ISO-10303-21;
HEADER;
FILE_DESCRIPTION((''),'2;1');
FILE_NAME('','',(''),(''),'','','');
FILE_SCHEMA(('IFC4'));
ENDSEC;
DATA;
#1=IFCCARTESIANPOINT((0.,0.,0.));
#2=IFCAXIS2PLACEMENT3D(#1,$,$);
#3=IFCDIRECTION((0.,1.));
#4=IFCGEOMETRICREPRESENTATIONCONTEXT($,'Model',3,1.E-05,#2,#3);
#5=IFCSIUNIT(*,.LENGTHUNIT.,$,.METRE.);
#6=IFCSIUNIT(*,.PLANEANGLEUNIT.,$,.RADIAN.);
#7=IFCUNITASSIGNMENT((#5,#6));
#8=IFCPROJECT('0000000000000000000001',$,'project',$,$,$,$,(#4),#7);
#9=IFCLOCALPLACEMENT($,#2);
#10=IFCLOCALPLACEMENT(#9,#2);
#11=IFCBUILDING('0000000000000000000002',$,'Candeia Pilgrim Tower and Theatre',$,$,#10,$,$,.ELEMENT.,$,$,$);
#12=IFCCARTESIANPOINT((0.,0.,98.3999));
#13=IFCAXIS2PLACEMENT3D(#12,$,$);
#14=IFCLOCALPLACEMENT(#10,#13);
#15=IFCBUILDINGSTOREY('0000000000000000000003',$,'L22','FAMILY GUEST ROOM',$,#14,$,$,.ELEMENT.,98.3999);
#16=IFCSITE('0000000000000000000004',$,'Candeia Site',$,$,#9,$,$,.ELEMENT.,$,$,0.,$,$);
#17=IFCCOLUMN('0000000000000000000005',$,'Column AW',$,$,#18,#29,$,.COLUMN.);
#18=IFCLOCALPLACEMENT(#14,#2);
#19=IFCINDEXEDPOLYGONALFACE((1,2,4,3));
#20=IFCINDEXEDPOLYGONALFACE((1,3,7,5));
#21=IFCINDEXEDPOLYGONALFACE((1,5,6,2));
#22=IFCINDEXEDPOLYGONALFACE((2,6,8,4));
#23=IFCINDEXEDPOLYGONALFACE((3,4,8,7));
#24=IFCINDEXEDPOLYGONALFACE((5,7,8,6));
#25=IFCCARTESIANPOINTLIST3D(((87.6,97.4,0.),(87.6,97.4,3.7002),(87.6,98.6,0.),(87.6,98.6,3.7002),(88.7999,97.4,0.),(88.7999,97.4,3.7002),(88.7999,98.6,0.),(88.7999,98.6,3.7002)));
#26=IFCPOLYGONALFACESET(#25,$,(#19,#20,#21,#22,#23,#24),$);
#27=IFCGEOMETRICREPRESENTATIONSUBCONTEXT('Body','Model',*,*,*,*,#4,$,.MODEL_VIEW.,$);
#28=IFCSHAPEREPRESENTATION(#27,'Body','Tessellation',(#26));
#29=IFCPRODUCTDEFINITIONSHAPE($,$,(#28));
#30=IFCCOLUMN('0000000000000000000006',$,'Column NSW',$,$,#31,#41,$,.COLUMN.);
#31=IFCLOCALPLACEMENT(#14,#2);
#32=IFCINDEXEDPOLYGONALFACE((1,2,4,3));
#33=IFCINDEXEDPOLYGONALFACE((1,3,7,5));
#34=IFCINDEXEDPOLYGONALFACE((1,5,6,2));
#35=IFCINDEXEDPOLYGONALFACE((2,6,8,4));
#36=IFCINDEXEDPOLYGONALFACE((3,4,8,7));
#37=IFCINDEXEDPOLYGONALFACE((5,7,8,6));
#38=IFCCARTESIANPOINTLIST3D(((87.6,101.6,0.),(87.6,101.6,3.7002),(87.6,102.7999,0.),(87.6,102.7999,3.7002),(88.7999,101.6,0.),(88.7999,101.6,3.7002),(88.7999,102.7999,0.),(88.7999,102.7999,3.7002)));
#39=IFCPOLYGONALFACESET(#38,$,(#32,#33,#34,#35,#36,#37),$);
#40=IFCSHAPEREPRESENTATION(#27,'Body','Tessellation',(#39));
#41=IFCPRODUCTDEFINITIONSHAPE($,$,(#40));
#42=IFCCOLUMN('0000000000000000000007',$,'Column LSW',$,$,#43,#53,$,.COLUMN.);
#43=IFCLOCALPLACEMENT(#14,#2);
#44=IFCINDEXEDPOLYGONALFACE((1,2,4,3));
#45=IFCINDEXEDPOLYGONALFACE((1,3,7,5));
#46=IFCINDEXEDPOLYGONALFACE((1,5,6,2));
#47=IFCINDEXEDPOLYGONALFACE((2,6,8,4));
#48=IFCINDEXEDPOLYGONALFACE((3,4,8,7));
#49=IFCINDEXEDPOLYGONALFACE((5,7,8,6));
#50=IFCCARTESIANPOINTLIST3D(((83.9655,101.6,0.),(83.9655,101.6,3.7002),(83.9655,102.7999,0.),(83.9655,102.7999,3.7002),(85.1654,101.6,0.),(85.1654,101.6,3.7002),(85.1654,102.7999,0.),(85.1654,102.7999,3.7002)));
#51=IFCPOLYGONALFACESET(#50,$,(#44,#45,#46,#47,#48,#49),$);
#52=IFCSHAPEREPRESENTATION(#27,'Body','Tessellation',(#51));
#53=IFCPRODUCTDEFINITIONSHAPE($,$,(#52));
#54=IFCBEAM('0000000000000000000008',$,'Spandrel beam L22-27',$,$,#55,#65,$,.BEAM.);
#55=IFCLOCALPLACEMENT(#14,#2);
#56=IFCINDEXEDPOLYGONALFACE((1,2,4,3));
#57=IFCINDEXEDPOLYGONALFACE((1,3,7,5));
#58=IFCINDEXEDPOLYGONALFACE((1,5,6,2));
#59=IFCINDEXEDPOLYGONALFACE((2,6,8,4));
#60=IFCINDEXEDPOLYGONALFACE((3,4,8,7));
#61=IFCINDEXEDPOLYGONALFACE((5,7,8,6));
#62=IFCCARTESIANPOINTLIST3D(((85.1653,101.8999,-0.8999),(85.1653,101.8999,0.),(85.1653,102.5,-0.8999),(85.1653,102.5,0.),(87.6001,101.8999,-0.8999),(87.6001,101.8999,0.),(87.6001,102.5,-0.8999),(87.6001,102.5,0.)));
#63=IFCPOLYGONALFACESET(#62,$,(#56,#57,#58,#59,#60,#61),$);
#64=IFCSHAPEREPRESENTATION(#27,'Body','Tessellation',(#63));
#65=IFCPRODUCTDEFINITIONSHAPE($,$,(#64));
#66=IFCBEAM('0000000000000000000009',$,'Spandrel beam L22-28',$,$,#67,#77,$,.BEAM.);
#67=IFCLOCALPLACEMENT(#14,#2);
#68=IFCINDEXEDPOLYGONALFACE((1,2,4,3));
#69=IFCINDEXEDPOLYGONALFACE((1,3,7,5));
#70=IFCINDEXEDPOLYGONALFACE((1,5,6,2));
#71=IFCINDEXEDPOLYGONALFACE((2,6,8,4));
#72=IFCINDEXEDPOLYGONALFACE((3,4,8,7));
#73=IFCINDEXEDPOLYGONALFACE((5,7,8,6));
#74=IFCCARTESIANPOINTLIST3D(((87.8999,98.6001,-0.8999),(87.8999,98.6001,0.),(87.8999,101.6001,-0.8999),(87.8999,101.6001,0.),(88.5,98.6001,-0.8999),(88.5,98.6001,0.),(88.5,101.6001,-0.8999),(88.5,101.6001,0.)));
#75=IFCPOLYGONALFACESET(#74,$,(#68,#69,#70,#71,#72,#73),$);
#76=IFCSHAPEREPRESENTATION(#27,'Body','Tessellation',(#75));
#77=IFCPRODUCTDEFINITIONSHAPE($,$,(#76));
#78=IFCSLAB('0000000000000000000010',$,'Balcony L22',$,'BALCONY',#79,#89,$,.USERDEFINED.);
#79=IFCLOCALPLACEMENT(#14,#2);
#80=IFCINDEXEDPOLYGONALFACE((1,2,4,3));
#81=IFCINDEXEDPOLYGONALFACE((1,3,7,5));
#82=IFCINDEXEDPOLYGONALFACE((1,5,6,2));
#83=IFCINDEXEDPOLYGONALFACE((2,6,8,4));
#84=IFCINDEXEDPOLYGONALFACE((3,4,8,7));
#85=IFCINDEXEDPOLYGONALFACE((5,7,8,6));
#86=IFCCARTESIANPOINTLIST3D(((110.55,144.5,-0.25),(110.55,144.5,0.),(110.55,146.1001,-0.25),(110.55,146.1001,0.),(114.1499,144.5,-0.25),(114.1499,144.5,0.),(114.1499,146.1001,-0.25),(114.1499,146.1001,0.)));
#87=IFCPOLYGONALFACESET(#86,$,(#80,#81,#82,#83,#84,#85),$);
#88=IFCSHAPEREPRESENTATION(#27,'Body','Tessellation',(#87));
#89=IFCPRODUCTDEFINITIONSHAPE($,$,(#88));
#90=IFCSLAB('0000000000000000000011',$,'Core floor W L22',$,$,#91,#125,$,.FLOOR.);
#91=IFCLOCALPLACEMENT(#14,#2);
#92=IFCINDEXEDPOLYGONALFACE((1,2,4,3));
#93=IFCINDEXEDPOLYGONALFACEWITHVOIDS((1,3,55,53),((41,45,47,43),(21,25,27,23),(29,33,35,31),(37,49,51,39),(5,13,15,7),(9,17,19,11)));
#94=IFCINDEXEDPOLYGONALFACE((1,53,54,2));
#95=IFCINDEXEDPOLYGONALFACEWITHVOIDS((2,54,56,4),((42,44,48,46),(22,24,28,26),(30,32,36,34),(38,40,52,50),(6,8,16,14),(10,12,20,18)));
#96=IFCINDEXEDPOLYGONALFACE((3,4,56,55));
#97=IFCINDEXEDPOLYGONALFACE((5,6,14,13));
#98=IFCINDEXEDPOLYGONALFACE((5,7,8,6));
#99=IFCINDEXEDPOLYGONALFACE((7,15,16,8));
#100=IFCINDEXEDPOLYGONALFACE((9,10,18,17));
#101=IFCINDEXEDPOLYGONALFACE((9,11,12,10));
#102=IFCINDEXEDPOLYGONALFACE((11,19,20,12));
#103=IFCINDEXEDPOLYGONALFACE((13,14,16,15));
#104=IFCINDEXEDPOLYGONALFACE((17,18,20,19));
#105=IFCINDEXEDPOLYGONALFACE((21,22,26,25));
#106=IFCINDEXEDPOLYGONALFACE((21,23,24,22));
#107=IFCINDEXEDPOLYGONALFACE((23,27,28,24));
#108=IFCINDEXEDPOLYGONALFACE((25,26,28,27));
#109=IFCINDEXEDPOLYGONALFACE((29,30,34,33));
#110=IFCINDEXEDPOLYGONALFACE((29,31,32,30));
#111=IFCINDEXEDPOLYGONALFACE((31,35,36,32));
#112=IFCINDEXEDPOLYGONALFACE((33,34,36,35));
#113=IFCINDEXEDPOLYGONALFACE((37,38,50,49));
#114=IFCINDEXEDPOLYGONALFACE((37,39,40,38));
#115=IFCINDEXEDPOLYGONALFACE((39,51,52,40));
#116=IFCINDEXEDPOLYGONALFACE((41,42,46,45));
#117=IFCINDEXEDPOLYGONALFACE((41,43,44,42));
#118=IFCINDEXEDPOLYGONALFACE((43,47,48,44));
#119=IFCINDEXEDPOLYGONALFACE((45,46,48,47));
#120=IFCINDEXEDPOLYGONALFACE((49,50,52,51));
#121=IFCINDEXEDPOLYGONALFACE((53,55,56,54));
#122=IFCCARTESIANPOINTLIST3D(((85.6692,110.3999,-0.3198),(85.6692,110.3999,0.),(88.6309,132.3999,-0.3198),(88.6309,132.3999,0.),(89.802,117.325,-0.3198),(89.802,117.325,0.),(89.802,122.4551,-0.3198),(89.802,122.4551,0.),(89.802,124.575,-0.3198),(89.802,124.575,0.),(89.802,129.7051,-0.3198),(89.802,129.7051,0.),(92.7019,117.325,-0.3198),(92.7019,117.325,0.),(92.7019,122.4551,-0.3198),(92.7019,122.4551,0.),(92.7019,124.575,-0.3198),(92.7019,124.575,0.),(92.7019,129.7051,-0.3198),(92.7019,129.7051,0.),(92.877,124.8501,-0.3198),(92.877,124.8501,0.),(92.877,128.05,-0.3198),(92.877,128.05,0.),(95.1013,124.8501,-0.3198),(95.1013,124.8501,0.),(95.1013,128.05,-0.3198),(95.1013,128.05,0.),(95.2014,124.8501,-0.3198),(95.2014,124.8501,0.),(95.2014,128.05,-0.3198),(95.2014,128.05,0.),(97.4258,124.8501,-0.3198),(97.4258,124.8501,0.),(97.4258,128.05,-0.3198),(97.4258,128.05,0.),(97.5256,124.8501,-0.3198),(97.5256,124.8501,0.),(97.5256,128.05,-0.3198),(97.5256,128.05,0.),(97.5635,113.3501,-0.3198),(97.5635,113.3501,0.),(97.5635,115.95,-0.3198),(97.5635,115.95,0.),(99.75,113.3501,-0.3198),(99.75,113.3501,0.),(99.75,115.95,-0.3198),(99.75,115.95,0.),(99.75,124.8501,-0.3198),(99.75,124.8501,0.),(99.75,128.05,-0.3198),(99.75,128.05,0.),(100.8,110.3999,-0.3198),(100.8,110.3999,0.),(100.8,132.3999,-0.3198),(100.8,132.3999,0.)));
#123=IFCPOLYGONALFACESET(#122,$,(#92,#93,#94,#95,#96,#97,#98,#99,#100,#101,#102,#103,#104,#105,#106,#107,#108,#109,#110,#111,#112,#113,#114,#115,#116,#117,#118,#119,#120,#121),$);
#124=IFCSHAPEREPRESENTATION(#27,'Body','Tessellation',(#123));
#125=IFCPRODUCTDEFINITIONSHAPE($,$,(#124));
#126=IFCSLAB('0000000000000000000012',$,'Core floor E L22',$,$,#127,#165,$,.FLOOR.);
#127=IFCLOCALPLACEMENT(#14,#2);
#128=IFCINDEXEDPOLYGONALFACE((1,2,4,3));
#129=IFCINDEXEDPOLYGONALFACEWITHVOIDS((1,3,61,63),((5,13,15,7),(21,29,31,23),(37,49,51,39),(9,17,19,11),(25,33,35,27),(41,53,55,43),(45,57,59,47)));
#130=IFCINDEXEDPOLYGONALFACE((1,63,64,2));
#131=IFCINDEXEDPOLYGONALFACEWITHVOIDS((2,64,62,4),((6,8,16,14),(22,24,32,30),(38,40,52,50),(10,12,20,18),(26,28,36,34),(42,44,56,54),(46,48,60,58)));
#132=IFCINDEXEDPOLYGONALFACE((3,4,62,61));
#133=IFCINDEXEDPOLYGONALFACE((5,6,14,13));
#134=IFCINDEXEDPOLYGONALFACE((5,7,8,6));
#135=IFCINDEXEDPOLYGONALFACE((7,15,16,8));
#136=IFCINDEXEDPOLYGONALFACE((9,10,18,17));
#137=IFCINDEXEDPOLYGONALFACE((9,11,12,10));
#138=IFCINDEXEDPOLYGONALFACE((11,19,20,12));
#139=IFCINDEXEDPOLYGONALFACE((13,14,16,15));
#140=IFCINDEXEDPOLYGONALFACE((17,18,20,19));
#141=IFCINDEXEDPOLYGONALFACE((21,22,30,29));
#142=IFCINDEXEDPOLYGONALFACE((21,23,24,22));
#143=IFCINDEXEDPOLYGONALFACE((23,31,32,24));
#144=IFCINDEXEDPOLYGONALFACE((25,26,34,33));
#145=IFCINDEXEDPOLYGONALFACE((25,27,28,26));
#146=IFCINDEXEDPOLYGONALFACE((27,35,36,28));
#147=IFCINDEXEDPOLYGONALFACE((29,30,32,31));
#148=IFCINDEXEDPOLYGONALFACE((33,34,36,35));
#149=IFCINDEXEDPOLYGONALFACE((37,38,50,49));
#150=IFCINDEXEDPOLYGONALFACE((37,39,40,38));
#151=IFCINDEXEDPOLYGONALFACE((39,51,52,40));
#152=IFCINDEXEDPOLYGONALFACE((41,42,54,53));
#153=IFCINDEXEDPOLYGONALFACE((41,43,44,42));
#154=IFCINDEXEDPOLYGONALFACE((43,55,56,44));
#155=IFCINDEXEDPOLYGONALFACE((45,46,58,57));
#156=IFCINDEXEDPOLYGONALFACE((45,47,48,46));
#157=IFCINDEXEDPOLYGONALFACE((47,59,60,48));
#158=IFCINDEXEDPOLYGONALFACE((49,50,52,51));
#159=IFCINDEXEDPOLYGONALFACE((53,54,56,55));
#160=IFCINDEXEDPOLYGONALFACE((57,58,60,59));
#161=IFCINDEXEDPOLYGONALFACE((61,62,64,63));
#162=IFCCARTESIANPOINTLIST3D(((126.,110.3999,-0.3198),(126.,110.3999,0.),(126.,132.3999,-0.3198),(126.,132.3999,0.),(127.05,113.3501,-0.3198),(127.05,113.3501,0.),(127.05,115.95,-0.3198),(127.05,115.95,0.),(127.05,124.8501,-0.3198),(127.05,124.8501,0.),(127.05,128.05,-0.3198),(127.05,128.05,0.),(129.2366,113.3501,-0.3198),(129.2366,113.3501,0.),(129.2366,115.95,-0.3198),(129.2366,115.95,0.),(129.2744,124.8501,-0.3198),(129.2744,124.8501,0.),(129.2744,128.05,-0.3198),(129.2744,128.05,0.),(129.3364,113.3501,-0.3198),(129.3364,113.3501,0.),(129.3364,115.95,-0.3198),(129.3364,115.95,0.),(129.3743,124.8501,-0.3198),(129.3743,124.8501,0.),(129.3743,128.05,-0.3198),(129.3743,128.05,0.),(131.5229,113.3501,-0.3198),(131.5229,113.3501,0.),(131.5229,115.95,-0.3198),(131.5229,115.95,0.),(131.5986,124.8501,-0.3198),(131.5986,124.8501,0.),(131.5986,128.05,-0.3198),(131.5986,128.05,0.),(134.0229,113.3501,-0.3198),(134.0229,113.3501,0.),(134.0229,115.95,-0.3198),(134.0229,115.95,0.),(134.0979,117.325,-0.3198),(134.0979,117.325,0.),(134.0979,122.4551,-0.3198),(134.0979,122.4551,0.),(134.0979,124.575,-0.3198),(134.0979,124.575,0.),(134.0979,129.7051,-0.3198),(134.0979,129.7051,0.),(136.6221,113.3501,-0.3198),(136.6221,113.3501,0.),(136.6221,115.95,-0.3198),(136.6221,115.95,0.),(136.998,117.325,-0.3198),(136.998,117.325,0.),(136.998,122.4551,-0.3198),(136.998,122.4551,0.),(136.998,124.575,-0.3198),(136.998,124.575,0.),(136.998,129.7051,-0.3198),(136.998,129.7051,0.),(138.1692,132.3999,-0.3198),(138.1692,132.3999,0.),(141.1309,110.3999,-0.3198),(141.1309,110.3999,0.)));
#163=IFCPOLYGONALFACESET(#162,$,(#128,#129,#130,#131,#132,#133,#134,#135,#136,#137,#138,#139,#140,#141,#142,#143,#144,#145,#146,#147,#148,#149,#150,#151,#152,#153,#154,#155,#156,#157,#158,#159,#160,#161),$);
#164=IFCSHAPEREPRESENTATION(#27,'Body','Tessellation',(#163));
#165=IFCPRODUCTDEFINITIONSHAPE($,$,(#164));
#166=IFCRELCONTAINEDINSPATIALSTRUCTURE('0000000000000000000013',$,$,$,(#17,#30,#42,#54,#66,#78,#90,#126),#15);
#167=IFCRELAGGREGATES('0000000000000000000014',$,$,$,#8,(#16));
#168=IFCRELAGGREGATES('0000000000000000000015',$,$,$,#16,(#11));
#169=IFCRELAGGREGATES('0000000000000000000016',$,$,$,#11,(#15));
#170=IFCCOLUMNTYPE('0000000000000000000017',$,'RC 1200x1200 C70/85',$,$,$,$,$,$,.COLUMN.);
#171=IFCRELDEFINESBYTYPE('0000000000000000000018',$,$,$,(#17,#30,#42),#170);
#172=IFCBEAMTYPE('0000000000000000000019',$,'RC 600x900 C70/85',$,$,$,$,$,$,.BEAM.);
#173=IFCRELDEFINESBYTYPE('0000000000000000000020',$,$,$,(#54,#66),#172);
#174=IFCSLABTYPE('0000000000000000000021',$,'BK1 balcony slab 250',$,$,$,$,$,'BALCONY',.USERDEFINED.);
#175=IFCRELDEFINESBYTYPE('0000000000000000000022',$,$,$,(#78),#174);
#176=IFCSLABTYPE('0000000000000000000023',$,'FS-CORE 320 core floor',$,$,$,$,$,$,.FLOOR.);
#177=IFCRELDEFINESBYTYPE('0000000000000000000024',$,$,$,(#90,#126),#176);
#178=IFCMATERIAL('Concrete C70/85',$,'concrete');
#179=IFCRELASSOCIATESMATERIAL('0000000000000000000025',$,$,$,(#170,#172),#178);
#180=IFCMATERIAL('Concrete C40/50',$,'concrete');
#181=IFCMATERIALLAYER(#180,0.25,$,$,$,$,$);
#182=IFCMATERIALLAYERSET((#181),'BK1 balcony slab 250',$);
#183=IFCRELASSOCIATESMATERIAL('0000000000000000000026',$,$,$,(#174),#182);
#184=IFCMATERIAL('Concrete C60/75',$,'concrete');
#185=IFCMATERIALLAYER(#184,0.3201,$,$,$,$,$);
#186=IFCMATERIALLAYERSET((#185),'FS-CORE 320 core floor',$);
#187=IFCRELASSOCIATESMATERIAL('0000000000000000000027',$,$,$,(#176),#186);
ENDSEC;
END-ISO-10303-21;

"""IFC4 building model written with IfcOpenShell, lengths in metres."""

from ifc_helpers import new_model, si_unit, direction, frame, origin, origin_2d, place, context, subcontext, project, spatial, polyline, rectangle, outline, extrude, material, layer, layer_set, material_profile, profile_set, type_object, element, save


model = new_model("IFC4")

# Units and contexts
model_context = context("Model", 3, precision=1e-05, world=origin(), true_north=direction((0.0, 1.0)))
body_context = subcontext(model_context, "Body", "Model", "MODEL_VIEW")
ifc_project = project(units=[si_unit("LENGTHUNIT", "METRE"), si_unit("PLANEANGLEUNIT", "RADIAN")], contexts=[model_context])

# Site, building, storey
site_placement = place(None, origin())
site = spatial("IfcSite", under=ifc_project, at=site_placement, Name="Candeia Site", CompositionType="ELEMENT", RefElevation=0.0)
building_placement = place(site_placement, origin())
building = spatial("IfcBuilding", under=site, at=building_placement, Name="Candeia Pilgrim Tower and Theatre", CompositionType="ELEMENT")
storey_placement = place(building_placement, frame((0.0, 0.0, 98.3999)))
storey = spatial("IfcBuildingStorey", under=building, at=storey_placement, Name="L22", Description="FAMILY GUEST ROOM", CompositionType="ELEMENT", Elevation=98.3999)

# Columns
ifc_material_1 = material(Name="Concrete C70/85", Category="concrete")
ifc_material_profile_1 = material_profile(ifc_material_1, rectangle(XDim=1.2, YDim=1.2, at=origin_2d()))
ifc_profile_set_1 = profile_set([ifc_material_profile_1], Name="Concrete C70/85")
column_type = type_object("IfcColumnType", Name="RC 1200x1200 C70/85", PredefinedType="COLUMN", material=ifc_profile_set_1)
for number, where, z_axis, x_axis, name in (
    (1, (88.2, 98.0, 0.0), (0.0, 0.0, 1.0), (1.0, 0.0, 0.0), "Column AW"),
    (2, (88.2, 102.2, 0.0), (0.0, 0.0, 1.0), (1.0, 0.0, 0.0), "Column NSW"),
    (3, (84.5654, 102.2, 0.0), (0.0, 0.0, 1.0), (1.0, 0.0, 0.0), "Column LSW"),
):
    element("IfcColumn", number, at=place(storey_placement, frame(where, z_axis=z_axis, x_axis=x_axis)), inside=storey, type_object=column_type, Name=name, PredefinedType="COLUMN", context=body_context, shape_type="SweptSolid", body=[
        extrude(rectangle(XDim=1.2, YDim=1.2, at=origin_2d()), origin(), (0.0, 0.0, 1.0), 3.7002),
    ])

# Beams
ifc_material_profile_2 = material_profile(ifc_material_1, rectangle(XDim=0.6001, YDim=0.8999, at=origin_2d()))
ifc_profile_set_2 = profile_set([ifc_material_profile_2], Name="Concrete C70/85")
beam_type = type_object("IfcBeamType", Name="RC 600x900 C70/85", PredefinedType="BEAM", material=ifc_profile_set_2)
beam_1_placement = place(storey_placement, frame((85.1653, 102.2, -0.45), z_axis=(1.0, 0.0, 0.0), x_axis=(0.0, 1.0, 0.0)))
element("IfcBeam", 4, at=beam_1_placement, inside=storey, type_object=beam_type, Name="Spandrel beam L22-27", PredefinedType="BEAM", context=body_context, shape_type="SweptSolid", body=[
    extrude(rectangle(XDim=0.6001, YDim=0.8999, at=origin_2d()), origin(), (0.0, 0.0, 1.0), 2.4348),
])
beam_2_placement = place(storey_placement, frame((88.2, 101.6001, -0.45), z_axis=(0.0, -1.0, 0.0), x_axis=(1.0, 0.0, 0.0)))
element("IfcBeam", 5, at=beam_2_placement, inside=storey, type_object=beam_type, Name="Spandrel beam L22-28", PredefinedType="BEAM", context=body_context, shape_type="SweptSolid", body=[
    extrude(rectangle(XDim=0.6001, YDim=0.8999, at=origin_2d()), origin(), (0.0, 0.0, 1.0), 3.0),
])

# Slabs
ifc_material_2 = material(Name="Concrete C40/50", Category="concrete")
ifc_layer_1 = layer(ifc_material_2, 0.25)
ifc_layer_set_1 = layer_set([ifc_layer_1], Name="BK1 balcony slab 250")
slab_type_1 = type_object("IfcSlabType", Name="BK1 balcony slab 250", ElementType="BALCONY", PredefinedType="USERDEFINED", material=ifc_layer_set_1)
slab_1_placement = place(storey_placement, frame((0.0, 0.0, -0.25)))
element("IfcSlab", 6, at=slab_1_placement, inside=storey, type_object=slab_type_1, Name="Balcony L22", ObjectType="BALCONY", PredefinedType="USERDEFINED", context=body_context, shape_type="SweptSolid", body=[
    extrude(outline(polyline([(110.55, 144.5), (114.1499, 144.5), (114.1499, 146.1001), (110.55, 146.1001), (110.55, 144.5)])), origin(), (0.0, 0.0, 1.0), 0.25),
])
ifc_material_3 = material(Name="Concrete C60/75", Category="concrete")
ifc_layer_2 = layer(ifc_material_3, 0.3201)
ifc_layer_set_2 = layer_set([ifc_layer_2], Name="FS-CORE 320 core floor")
slab_type_2 = type_object("IfcSlabType", Name="FS-CORE 320 core floor", PredefinedType="FLOOR", material=ifc_layer_set_2)
slab_2_placement = place(storey_placement, frame((0.0, 0.0, -0.3198)))
element("IfcSlab", 7, at=slab_2_placement, inside=storey, type_object=slab_type_2, Name="Core floor W L22", PredefinedType="FLOOR", context=body_context, shape_type="SweptSolid", body=[
    extrude(outline(polyline([(100.8, 132.3999), (100.8, 110.3999), (85.6692, 110.3999), (88.6309, 132.3999), (100.8, 132.3999)]), holes=[polyline([(97.5256, 128.05), (97.5256, 124.8501), (99.75, 124.8501), (99.75, 128.05), (97.5256, 128.05)]), polyline([(97.5635, 113.3501), (99.75, 113.3501), (99.75, 115.95), (97.5635, 115.95), (97.5635, 113.3501)]), polyline([(95.2014, 124.8501), (97.4258, 124.8501), (97.4258, 128.05), (95.2014, 128.05), (95.2014, 124.8501)]), polyline([(92.877, 128.05), (92.877, 124.8501), (95.1013, 124.8501), (95.1013, 128.05), (92.877, 128.05)]), polyline([(89.802, 122.4551), (89.802, 117.325), (92.7019, 117.325), (92.7019, 122.4551), (89.802, 122.4551)]), polyline([(89.802, 129.7051), (89.802, 124.575), (92.7019, 124.575), (92.7019, 129.7051), (89.802, 129.7051)])]), origin(), (0.0, 0.0, 1.0), 0.3198),
])
slab_3_placement = place(storey_placement, frame((0.0, 0.0, -0.3198)))
element("IfcSlab", 8, at=slab_3_placement, inside=storey, type_object=slab_type_2, Name="Core floor E L22", PredefinedType="FLOOR", context=body_context, shape_type="SweptSolid", body=[
    extrude(outline(polyline([(138.1692, 132.3999), (141.1309, 110.3999), (126.0, 110.3999), (126.0, 132.3999), (138.1692, 132.3999)]), holes=[polyline([(134.0979, 122.4551), (134.0979, 117.325), (136.998, 117.325), (136.998, 122.4551), (134.0979, 122.4551)]), polyline([(134.0979, 129.7051), (134.0979, 124.575), (136.998, 124.575), (136.998, 129.7051), (134.0979, 129.7051)]), polyline([(136.6221, 115.95), (134.0229, 115.95), (134.0229, 113.3501), (136.6221, 113.3501), (136.6221, 115.95)]), polyline([(131.5986, 128.05), (129.3743, 128.05), (129.3743, 124.8501), (131.5986, 124.8501), (131.5986, 128.05)]), polyline([(131.5229, 115.95), (129.3364, 115.95), (129.3364, 113.3501), (131.5229, 113.3501), (131.5229, 115.95)]), polyline([(129.2744, 128.05), (127.05, 128.05), (127.05, 124.8501), (129.2744, 124.8501), (129.2744, 128.05)]), polyline([(127.05, 115.95), (127.05, 113.3501), (129.2366, 113.3501), (129.2366, 115.95), (127.05, 115.95)])]), origin(), (0.0, 0.0, 1.0), 0.3198),
])

save(model, "model.ifc")
